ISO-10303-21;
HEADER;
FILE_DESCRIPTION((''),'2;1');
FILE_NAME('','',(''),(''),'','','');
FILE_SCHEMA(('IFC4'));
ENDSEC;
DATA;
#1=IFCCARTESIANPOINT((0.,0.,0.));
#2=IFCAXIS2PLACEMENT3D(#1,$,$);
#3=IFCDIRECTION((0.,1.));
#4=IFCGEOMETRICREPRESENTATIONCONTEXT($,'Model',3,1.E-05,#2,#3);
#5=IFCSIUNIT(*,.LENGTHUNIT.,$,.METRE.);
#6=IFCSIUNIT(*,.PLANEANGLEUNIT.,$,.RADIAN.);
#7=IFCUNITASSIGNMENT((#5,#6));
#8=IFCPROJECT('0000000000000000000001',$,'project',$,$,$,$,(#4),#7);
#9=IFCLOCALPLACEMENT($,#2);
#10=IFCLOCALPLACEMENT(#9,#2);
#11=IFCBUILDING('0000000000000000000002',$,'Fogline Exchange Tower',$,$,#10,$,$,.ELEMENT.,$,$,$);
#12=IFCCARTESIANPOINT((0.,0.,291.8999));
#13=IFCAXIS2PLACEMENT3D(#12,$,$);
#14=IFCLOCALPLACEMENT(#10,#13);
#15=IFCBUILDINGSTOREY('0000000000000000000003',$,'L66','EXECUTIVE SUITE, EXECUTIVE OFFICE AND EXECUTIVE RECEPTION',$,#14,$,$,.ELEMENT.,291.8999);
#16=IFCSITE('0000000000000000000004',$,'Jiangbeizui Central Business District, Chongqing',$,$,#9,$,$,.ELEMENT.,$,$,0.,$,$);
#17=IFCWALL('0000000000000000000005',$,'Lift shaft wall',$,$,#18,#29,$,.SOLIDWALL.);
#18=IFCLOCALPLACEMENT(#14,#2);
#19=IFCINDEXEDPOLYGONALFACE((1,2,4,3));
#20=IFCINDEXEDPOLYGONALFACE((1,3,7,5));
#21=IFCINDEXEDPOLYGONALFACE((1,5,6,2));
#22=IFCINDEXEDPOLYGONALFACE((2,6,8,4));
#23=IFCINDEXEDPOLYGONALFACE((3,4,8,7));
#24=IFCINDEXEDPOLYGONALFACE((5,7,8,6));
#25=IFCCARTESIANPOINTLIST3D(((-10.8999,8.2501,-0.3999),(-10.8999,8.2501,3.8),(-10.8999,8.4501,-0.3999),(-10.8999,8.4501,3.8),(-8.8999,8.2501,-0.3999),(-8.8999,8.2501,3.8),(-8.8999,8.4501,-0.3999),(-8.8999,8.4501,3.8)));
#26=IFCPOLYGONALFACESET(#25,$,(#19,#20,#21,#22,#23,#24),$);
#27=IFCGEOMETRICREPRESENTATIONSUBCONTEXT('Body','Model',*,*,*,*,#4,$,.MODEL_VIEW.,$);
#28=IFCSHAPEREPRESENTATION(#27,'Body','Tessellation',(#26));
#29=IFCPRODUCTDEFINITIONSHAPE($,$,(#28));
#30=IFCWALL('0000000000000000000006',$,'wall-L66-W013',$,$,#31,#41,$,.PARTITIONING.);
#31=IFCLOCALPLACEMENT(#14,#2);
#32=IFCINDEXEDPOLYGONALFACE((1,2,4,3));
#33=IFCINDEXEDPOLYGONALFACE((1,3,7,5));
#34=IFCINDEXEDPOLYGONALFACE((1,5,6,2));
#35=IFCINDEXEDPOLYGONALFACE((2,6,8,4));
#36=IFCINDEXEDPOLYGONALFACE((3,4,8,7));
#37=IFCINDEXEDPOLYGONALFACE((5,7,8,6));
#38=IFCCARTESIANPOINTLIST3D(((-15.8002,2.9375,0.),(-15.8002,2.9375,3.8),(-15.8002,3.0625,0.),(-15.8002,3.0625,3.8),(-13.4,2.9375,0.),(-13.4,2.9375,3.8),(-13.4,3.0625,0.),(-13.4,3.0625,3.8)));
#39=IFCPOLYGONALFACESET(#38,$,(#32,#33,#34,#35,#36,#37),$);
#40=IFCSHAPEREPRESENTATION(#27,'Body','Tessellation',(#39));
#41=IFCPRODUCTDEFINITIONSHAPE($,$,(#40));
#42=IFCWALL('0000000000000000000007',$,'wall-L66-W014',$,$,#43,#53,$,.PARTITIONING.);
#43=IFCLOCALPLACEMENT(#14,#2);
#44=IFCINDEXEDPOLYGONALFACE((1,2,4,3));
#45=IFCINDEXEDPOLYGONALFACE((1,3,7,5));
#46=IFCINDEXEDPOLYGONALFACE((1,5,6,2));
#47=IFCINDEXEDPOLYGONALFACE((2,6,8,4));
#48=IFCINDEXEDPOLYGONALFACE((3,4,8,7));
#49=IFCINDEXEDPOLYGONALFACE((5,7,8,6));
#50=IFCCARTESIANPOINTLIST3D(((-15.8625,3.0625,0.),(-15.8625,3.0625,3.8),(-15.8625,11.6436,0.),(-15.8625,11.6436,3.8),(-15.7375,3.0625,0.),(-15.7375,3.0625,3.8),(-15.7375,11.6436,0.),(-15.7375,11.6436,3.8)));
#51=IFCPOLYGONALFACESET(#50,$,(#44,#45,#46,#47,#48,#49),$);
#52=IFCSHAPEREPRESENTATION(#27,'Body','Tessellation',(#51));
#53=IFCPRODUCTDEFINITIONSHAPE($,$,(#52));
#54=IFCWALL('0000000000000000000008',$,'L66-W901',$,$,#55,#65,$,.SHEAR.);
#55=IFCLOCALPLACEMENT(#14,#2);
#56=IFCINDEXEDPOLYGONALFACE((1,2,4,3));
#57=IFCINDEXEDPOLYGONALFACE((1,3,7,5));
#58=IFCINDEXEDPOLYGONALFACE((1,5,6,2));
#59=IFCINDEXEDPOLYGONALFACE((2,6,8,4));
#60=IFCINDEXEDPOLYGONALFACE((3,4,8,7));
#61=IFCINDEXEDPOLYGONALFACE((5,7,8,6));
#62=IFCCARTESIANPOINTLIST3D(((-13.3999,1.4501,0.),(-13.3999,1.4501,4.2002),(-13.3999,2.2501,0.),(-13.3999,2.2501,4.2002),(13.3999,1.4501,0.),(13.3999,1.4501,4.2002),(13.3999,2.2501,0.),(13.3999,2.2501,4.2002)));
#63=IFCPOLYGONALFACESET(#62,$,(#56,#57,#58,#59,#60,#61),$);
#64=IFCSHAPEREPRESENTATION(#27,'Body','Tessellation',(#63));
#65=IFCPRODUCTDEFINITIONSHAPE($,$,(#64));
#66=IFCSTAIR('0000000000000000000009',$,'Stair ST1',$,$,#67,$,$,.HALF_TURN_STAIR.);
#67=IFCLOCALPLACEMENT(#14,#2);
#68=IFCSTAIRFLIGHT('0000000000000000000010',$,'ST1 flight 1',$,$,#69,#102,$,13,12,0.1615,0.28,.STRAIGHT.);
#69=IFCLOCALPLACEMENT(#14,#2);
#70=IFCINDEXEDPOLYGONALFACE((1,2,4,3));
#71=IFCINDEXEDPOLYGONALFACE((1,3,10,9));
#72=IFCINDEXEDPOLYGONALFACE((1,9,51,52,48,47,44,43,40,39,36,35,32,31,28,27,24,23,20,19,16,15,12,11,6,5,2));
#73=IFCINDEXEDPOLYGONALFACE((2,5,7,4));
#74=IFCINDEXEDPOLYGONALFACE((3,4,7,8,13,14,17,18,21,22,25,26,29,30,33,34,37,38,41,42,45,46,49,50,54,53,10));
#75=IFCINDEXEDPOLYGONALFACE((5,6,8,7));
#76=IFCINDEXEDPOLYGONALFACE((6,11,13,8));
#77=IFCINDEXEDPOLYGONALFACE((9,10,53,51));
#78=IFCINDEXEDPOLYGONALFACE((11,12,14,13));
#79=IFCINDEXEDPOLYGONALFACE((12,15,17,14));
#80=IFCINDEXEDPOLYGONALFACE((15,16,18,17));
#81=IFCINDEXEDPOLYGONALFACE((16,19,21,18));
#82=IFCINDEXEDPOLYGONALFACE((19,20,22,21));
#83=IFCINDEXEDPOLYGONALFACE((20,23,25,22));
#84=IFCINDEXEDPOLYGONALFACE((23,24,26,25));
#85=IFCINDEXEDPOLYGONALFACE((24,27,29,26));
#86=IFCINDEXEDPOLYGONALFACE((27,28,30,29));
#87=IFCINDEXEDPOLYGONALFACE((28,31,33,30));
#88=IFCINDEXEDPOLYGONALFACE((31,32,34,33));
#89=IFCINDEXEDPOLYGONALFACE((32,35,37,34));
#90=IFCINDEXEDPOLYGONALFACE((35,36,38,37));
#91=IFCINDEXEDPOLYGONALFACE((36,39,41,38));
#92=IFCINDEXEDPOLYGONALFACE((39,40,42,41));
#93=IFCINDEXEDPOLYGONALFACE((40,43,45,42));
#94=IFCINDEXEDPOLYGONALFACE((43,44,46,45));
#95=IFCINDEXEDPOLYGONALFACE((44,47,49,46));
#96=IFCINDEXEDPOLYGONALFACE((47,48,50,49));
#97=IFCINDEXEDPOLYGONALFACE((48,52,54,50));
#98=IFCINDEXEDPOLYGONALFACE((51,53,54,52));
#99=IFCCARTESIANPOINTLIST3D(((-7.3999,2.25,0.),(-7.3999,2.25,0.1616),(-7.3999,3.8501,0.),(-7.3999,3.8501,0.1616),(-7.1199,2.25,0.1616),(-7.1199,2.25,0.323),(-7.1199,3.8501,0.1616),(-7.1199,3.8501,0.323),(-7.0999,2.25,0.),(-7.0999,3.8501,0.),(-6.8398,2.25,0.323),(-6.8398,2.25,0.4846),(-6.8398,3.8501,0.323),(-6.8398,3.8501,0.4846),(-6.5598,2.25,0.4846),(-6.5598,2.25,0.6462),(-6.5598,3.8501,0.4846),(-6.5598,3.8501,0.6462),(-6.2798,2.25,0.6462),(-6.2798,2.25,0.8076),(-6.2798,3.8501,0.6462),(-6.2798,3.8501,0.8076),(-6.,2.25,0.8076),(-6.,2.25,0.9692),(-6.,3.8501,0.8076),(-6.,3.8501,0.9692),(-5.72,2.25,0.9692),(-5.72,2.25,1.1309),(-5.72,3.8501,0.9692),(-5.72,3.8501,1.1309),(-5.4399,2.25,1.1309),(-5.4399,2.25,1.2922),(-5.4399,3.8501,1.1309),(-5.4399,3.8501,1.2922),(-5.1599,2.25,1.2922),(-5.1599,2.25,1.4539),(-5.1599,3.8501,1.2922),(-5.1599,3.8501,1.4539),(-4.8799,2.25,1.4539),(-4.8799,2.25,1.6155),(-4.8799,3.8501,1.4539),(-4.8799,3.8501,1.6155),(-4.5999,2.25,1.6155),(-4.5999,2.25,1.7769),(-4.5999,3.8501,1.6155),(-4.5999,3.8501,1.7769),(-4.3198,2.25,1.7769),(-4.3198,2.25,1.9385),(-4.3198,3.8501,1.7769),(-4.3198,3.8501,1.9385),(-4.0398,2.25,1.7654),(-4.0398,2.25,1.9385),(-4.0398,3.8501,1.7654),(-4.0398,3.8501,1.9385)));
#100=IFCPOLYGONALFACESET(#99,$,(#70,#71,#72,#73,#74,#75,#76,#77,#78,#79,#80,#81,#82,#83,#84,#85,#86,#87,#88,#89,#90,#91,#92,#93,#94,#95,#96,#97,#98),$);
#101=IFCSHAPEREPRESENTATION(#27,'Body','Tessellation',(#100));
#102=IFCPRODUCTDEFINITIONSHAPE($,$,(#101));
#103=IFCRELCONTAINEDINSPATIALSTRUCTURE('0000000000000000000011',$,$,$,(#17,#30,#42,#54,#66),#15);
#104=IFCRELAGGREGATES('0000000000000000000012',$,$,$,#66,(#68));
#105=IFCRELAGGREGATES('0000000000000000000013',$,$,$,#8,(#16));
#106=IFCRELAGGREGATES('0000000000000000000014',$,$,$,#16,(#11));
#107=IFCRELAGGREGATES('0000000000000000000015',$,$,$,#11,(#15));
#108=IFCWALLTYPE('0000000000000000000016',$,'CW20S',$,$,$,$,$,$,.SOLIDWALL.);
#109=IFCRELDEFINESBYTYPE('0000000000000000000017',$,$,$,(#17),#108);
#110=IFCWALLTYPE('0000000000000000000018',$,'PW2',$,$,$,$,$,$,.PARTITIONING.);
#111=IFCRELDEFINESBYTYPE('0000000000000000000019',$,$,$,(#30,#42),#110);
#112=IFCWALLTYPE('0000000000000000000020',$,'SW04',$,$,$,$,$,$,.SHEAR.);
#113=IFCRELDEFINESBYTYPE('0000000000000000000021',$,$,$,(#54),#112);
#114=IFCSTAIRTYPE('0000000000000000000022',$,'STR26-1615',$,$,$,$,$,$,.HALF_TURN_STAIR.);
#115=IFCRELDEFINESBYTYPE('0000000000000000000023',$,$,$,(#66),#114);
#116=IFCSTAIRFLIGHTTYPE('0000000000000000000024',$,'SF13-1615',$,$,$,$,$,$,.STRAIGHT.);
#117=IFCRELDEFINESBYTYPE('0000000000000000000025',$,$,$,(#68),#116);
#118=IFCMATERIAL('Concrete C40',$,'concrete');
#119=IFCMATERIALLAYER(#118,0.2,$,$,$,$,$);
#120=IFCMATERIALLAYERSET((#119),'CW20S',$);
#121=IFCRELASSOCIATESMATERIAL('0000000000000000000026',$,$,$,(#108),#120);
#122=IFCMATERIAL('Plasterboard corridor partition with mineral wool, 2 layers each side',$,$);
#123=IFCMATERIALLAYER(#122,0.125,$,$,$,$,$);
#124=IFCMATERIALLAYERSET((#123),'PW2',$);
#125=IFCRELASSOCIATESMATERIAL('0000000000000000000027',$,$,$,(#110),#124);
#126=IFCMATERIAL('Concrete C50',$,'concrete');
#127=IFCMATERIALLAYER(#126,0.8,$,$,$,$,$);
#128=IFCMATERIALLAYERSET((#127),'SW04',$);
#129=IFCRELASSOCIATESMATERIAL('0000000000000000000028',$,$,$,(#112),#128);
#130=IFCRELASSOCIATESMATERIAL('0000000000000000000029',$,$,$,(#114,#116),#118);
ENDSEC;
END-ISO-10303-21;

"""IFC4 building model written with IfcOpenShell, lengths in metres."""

from ifc_helpers import new_model, si_unit, direction, frame, frame_2d, origin, place, context, subcontext, project, spatial, polyline, rectangle, outline, extrude, material, layer, layer_set, type_object, element, aggregate, save


model = new_model("IFC4")

# Units and contexts
model_context = context("Model", 3, precision=1e-05, world=origin(), true_north=direction((0.0, 1.0)))
body_context = subcontext(model_context, "Body", "Model", "MODEL_VIEW")
ifc_project = project(units=[si_unit("LENGTHUNIT", "METRE"), si_unit("PLANEANGLEUNIT", "RADIAN")], contexts=[model_context])

# Site, building, storey
site_placement = place(None, origin())
site = spatial("IfcSite", under=ifc_project, at=site_placement, Name="Jiangbeizui Central Business District, Chongqing", CompositionType="ELEMENT", RefElevation=0.0)
building_placement = place(site_placement, origin())
building = spatial("IfcBuilding", under=site, at=building_placement, Name="Fogline Exchange Tower", CompositionType="ELEMENT")
storey_placement = place(building_placement, frame((0.0, 0.0, 291.8999)))
storey = spatial("IfcBuildingStorey", under=building, at=storey_placement, Name="L66", Description="EXECUTIVE SUITE, EXECUTIVE OFFICE AND EXECUTIVE RECEPTION", CompositionType="ELEMENT", Elevation=291.8999)

# Shared definitions
ifc_material_1 = material(Name="Concrete C40", Category="concrete")

# Shared definitions
ifc_layer_1 = layer(ifc_material_1, 0.2)
ifc_layer_set_1 = layer_set([ifc_layer_1], Name="CW20S")
wall_type_1 = type_object("IfcWallType", Name="CW20S", PredefinedType="SOLIDWALL", material=ifc_layer_set_1)

# Walls
wall_1_placement = place(storey_placement, frame((-10.8999, 8.3501, -0.3999), z_axis=(0.0, 0.0, 1.0), x_axis=(1.0, 0.0, 0.0)))
element("IfcWall", 1, at=wall_1_placement, inside=storey, type_object=wall_type_1, Name="Lift shaft wall", PredefinedType="SOLIDWALL", context=body_context, shape_type="SweptSolid", body=[
    extrude(rectangle(XDim=2.0, YDim=0.2, at=frame_2d((1.0, 0.0))), origin(), (0.0, 0.0, 1.0), 4.2),
])
ifc_material_2 = material(Name="Plasterboard corridor partition with mineral wool, 2 layers each side")
ifc_layer_2 = layer(ifc_material_2, 0.125)
ifc_layer_set_2 = layer_set([ifc_layer_2], Name="PW2")
wall_type_2 = type_object("IfcWallType", Name="PW2", PredefinedType="PARTITIONING", material=ifc_layer_set_2)
wall_2_placement = place(storey_placement, frame((-13.3999, 3.0, 0.0), z_axis=(0.0, 0.0, 1.0), x_axis=(-1.0, 0.0, 0.0)))
element("IfcWall", 2, at=wall_2_placement, inside=storey, type_object=wall_type_2, Name="wall-L66-W013", PredefinedType="PARTITIONING", context=body_context, shape_type="SweptSolid", body=[
    extrude(rectangle(XDim=2.4001, YDim=0.125, at=frame_2d((1.2002, 0.0))), origin(), (0.0, 0.0, 1.0), 3.8),
])
wall_3_placement = place(storey_placement, frame((-15.8, 3.0625, 0.0), z_axis=(0.0, 0.0, 1.0), x_axis=(0.0, 1.0, 0.0)))
element("IfcWall", 3, at=wall_3_placement, inside=storey, type_object=wall_type_2, Name="wall-L66-W014", PredefinedType="PARTITIONING", context=body_context, shape_type="SweptSolid", body=[
    extrude(rectangle(XDim=8.5811, YDim=0.125, at=frame_2d((4.2905, 0.0))), origin(), (0.0, 0.0, 1.0), 3.8),
])
ifc_material_3 = material(Name="Concrete C50", Category="concrete")
ifc_layer_3 = layer(ifc_material_3, 0.8)
ifc_layer_set_3 = layer_set([ifc_layer_3], Name="SW04")
wall_type_3 = type_object("IfcWallType", Name="SW04", PredefinedType="SHEAR", material=ifc_layer_set_3)
wall_4_placement = place(storey_placement, frame((-13.3999, 1.8501, 0.0), z_axis=(0.0, 0.0, 1.0), x_axis=(1.0, 0.0, 0.0)))
element("IfcWall", 4, at=wall_4_placement, inside=storey, type_object=wall_type_3, Name="L66-W901", PredefinedType="SHEAR", context=body_context, shape_type="SweptSolid", body=[
    extrude(rectangle(XDim=26.7998, YDim=0.8, at=frame_2d((13.3999, 0.0))), origin(), (0.0, 0.0, 1.0), 4.2002),
])

# Stair, stair flight
stair_type = type_object("IfcStairType", Name="STR26-1615", PredefinedType="HALF_TURN_STAIR", material=ifc_material_1)
stair_placement = place(storey_placement, origin())
stair = element("IfcStair", 5, at=stair_placement, inside=storey, type_object=stair_type, Name="Stair ST1", PredefinedType="HALF_TURN_STAIR")
stair_flight_type = type_object("IfcStairFlightType", Name="SF13-1615", PredefinedType="STRAIGHT", material=ifc_material_1)
stair_flight_placement = place(storey_placement, frame((-7.3999, 3.05, 0.0), z_axis=(0.0, 0.0, 1.0), x_axis=(1.0, 0.0, 0.0)))
stair_flight = element("IfcStairFlight", 6, at=stair_flight_placement, type_object=stair_flight_type, Name="ST1 flight 1", NumberOfRisers=13, NumberOfTreads=12, PredefinedType="STRAIGHT", RiserHeight=0.1615, TreadLength=0.28, context=body_context, shape_type="SweptSolid", body=[
    extrude(outline(polyline([(0.0, 0.0), (0.0, 0.1616), (0.28, 0.1616), (0.28, 0.323), (0.5601, 0.323), (0.5601, 0.4846), (0.8401, 0.4846), (0.8401, 0.6462), (1.1201, 0.6462), (1.1201, 0.8076), (1.3999, 0.8076), (1.3999, 0.9692), (1.6799, 0.9692), (1.6799, 1.1309), (1.96, 1.1309), (1.96, 1.2922), (2.24, 1.2922), (2.24, 1.4539), (2.52, 1.4539), (2.52, 1.6155), (2.8, 1.6155), (2.8, 1.7769), (3.0801, 1.7769), (3.0801, 1.9385), (3.3601, 1.9385), (3.3601, 2.1001), (3.3601, 1.7654), (0.3, 0.0), (0.0, 0.0)])), frame((0.0, 0.8, 0.0), z_axis=(0.0, -1.0, 0.0), x_axis=(1.0, 0.0, 0.0)), (0.0, 0.0, 1.0), 1.6001),
])
aggregate(stair, [stair_flight])

save(model, "model.ifc")
